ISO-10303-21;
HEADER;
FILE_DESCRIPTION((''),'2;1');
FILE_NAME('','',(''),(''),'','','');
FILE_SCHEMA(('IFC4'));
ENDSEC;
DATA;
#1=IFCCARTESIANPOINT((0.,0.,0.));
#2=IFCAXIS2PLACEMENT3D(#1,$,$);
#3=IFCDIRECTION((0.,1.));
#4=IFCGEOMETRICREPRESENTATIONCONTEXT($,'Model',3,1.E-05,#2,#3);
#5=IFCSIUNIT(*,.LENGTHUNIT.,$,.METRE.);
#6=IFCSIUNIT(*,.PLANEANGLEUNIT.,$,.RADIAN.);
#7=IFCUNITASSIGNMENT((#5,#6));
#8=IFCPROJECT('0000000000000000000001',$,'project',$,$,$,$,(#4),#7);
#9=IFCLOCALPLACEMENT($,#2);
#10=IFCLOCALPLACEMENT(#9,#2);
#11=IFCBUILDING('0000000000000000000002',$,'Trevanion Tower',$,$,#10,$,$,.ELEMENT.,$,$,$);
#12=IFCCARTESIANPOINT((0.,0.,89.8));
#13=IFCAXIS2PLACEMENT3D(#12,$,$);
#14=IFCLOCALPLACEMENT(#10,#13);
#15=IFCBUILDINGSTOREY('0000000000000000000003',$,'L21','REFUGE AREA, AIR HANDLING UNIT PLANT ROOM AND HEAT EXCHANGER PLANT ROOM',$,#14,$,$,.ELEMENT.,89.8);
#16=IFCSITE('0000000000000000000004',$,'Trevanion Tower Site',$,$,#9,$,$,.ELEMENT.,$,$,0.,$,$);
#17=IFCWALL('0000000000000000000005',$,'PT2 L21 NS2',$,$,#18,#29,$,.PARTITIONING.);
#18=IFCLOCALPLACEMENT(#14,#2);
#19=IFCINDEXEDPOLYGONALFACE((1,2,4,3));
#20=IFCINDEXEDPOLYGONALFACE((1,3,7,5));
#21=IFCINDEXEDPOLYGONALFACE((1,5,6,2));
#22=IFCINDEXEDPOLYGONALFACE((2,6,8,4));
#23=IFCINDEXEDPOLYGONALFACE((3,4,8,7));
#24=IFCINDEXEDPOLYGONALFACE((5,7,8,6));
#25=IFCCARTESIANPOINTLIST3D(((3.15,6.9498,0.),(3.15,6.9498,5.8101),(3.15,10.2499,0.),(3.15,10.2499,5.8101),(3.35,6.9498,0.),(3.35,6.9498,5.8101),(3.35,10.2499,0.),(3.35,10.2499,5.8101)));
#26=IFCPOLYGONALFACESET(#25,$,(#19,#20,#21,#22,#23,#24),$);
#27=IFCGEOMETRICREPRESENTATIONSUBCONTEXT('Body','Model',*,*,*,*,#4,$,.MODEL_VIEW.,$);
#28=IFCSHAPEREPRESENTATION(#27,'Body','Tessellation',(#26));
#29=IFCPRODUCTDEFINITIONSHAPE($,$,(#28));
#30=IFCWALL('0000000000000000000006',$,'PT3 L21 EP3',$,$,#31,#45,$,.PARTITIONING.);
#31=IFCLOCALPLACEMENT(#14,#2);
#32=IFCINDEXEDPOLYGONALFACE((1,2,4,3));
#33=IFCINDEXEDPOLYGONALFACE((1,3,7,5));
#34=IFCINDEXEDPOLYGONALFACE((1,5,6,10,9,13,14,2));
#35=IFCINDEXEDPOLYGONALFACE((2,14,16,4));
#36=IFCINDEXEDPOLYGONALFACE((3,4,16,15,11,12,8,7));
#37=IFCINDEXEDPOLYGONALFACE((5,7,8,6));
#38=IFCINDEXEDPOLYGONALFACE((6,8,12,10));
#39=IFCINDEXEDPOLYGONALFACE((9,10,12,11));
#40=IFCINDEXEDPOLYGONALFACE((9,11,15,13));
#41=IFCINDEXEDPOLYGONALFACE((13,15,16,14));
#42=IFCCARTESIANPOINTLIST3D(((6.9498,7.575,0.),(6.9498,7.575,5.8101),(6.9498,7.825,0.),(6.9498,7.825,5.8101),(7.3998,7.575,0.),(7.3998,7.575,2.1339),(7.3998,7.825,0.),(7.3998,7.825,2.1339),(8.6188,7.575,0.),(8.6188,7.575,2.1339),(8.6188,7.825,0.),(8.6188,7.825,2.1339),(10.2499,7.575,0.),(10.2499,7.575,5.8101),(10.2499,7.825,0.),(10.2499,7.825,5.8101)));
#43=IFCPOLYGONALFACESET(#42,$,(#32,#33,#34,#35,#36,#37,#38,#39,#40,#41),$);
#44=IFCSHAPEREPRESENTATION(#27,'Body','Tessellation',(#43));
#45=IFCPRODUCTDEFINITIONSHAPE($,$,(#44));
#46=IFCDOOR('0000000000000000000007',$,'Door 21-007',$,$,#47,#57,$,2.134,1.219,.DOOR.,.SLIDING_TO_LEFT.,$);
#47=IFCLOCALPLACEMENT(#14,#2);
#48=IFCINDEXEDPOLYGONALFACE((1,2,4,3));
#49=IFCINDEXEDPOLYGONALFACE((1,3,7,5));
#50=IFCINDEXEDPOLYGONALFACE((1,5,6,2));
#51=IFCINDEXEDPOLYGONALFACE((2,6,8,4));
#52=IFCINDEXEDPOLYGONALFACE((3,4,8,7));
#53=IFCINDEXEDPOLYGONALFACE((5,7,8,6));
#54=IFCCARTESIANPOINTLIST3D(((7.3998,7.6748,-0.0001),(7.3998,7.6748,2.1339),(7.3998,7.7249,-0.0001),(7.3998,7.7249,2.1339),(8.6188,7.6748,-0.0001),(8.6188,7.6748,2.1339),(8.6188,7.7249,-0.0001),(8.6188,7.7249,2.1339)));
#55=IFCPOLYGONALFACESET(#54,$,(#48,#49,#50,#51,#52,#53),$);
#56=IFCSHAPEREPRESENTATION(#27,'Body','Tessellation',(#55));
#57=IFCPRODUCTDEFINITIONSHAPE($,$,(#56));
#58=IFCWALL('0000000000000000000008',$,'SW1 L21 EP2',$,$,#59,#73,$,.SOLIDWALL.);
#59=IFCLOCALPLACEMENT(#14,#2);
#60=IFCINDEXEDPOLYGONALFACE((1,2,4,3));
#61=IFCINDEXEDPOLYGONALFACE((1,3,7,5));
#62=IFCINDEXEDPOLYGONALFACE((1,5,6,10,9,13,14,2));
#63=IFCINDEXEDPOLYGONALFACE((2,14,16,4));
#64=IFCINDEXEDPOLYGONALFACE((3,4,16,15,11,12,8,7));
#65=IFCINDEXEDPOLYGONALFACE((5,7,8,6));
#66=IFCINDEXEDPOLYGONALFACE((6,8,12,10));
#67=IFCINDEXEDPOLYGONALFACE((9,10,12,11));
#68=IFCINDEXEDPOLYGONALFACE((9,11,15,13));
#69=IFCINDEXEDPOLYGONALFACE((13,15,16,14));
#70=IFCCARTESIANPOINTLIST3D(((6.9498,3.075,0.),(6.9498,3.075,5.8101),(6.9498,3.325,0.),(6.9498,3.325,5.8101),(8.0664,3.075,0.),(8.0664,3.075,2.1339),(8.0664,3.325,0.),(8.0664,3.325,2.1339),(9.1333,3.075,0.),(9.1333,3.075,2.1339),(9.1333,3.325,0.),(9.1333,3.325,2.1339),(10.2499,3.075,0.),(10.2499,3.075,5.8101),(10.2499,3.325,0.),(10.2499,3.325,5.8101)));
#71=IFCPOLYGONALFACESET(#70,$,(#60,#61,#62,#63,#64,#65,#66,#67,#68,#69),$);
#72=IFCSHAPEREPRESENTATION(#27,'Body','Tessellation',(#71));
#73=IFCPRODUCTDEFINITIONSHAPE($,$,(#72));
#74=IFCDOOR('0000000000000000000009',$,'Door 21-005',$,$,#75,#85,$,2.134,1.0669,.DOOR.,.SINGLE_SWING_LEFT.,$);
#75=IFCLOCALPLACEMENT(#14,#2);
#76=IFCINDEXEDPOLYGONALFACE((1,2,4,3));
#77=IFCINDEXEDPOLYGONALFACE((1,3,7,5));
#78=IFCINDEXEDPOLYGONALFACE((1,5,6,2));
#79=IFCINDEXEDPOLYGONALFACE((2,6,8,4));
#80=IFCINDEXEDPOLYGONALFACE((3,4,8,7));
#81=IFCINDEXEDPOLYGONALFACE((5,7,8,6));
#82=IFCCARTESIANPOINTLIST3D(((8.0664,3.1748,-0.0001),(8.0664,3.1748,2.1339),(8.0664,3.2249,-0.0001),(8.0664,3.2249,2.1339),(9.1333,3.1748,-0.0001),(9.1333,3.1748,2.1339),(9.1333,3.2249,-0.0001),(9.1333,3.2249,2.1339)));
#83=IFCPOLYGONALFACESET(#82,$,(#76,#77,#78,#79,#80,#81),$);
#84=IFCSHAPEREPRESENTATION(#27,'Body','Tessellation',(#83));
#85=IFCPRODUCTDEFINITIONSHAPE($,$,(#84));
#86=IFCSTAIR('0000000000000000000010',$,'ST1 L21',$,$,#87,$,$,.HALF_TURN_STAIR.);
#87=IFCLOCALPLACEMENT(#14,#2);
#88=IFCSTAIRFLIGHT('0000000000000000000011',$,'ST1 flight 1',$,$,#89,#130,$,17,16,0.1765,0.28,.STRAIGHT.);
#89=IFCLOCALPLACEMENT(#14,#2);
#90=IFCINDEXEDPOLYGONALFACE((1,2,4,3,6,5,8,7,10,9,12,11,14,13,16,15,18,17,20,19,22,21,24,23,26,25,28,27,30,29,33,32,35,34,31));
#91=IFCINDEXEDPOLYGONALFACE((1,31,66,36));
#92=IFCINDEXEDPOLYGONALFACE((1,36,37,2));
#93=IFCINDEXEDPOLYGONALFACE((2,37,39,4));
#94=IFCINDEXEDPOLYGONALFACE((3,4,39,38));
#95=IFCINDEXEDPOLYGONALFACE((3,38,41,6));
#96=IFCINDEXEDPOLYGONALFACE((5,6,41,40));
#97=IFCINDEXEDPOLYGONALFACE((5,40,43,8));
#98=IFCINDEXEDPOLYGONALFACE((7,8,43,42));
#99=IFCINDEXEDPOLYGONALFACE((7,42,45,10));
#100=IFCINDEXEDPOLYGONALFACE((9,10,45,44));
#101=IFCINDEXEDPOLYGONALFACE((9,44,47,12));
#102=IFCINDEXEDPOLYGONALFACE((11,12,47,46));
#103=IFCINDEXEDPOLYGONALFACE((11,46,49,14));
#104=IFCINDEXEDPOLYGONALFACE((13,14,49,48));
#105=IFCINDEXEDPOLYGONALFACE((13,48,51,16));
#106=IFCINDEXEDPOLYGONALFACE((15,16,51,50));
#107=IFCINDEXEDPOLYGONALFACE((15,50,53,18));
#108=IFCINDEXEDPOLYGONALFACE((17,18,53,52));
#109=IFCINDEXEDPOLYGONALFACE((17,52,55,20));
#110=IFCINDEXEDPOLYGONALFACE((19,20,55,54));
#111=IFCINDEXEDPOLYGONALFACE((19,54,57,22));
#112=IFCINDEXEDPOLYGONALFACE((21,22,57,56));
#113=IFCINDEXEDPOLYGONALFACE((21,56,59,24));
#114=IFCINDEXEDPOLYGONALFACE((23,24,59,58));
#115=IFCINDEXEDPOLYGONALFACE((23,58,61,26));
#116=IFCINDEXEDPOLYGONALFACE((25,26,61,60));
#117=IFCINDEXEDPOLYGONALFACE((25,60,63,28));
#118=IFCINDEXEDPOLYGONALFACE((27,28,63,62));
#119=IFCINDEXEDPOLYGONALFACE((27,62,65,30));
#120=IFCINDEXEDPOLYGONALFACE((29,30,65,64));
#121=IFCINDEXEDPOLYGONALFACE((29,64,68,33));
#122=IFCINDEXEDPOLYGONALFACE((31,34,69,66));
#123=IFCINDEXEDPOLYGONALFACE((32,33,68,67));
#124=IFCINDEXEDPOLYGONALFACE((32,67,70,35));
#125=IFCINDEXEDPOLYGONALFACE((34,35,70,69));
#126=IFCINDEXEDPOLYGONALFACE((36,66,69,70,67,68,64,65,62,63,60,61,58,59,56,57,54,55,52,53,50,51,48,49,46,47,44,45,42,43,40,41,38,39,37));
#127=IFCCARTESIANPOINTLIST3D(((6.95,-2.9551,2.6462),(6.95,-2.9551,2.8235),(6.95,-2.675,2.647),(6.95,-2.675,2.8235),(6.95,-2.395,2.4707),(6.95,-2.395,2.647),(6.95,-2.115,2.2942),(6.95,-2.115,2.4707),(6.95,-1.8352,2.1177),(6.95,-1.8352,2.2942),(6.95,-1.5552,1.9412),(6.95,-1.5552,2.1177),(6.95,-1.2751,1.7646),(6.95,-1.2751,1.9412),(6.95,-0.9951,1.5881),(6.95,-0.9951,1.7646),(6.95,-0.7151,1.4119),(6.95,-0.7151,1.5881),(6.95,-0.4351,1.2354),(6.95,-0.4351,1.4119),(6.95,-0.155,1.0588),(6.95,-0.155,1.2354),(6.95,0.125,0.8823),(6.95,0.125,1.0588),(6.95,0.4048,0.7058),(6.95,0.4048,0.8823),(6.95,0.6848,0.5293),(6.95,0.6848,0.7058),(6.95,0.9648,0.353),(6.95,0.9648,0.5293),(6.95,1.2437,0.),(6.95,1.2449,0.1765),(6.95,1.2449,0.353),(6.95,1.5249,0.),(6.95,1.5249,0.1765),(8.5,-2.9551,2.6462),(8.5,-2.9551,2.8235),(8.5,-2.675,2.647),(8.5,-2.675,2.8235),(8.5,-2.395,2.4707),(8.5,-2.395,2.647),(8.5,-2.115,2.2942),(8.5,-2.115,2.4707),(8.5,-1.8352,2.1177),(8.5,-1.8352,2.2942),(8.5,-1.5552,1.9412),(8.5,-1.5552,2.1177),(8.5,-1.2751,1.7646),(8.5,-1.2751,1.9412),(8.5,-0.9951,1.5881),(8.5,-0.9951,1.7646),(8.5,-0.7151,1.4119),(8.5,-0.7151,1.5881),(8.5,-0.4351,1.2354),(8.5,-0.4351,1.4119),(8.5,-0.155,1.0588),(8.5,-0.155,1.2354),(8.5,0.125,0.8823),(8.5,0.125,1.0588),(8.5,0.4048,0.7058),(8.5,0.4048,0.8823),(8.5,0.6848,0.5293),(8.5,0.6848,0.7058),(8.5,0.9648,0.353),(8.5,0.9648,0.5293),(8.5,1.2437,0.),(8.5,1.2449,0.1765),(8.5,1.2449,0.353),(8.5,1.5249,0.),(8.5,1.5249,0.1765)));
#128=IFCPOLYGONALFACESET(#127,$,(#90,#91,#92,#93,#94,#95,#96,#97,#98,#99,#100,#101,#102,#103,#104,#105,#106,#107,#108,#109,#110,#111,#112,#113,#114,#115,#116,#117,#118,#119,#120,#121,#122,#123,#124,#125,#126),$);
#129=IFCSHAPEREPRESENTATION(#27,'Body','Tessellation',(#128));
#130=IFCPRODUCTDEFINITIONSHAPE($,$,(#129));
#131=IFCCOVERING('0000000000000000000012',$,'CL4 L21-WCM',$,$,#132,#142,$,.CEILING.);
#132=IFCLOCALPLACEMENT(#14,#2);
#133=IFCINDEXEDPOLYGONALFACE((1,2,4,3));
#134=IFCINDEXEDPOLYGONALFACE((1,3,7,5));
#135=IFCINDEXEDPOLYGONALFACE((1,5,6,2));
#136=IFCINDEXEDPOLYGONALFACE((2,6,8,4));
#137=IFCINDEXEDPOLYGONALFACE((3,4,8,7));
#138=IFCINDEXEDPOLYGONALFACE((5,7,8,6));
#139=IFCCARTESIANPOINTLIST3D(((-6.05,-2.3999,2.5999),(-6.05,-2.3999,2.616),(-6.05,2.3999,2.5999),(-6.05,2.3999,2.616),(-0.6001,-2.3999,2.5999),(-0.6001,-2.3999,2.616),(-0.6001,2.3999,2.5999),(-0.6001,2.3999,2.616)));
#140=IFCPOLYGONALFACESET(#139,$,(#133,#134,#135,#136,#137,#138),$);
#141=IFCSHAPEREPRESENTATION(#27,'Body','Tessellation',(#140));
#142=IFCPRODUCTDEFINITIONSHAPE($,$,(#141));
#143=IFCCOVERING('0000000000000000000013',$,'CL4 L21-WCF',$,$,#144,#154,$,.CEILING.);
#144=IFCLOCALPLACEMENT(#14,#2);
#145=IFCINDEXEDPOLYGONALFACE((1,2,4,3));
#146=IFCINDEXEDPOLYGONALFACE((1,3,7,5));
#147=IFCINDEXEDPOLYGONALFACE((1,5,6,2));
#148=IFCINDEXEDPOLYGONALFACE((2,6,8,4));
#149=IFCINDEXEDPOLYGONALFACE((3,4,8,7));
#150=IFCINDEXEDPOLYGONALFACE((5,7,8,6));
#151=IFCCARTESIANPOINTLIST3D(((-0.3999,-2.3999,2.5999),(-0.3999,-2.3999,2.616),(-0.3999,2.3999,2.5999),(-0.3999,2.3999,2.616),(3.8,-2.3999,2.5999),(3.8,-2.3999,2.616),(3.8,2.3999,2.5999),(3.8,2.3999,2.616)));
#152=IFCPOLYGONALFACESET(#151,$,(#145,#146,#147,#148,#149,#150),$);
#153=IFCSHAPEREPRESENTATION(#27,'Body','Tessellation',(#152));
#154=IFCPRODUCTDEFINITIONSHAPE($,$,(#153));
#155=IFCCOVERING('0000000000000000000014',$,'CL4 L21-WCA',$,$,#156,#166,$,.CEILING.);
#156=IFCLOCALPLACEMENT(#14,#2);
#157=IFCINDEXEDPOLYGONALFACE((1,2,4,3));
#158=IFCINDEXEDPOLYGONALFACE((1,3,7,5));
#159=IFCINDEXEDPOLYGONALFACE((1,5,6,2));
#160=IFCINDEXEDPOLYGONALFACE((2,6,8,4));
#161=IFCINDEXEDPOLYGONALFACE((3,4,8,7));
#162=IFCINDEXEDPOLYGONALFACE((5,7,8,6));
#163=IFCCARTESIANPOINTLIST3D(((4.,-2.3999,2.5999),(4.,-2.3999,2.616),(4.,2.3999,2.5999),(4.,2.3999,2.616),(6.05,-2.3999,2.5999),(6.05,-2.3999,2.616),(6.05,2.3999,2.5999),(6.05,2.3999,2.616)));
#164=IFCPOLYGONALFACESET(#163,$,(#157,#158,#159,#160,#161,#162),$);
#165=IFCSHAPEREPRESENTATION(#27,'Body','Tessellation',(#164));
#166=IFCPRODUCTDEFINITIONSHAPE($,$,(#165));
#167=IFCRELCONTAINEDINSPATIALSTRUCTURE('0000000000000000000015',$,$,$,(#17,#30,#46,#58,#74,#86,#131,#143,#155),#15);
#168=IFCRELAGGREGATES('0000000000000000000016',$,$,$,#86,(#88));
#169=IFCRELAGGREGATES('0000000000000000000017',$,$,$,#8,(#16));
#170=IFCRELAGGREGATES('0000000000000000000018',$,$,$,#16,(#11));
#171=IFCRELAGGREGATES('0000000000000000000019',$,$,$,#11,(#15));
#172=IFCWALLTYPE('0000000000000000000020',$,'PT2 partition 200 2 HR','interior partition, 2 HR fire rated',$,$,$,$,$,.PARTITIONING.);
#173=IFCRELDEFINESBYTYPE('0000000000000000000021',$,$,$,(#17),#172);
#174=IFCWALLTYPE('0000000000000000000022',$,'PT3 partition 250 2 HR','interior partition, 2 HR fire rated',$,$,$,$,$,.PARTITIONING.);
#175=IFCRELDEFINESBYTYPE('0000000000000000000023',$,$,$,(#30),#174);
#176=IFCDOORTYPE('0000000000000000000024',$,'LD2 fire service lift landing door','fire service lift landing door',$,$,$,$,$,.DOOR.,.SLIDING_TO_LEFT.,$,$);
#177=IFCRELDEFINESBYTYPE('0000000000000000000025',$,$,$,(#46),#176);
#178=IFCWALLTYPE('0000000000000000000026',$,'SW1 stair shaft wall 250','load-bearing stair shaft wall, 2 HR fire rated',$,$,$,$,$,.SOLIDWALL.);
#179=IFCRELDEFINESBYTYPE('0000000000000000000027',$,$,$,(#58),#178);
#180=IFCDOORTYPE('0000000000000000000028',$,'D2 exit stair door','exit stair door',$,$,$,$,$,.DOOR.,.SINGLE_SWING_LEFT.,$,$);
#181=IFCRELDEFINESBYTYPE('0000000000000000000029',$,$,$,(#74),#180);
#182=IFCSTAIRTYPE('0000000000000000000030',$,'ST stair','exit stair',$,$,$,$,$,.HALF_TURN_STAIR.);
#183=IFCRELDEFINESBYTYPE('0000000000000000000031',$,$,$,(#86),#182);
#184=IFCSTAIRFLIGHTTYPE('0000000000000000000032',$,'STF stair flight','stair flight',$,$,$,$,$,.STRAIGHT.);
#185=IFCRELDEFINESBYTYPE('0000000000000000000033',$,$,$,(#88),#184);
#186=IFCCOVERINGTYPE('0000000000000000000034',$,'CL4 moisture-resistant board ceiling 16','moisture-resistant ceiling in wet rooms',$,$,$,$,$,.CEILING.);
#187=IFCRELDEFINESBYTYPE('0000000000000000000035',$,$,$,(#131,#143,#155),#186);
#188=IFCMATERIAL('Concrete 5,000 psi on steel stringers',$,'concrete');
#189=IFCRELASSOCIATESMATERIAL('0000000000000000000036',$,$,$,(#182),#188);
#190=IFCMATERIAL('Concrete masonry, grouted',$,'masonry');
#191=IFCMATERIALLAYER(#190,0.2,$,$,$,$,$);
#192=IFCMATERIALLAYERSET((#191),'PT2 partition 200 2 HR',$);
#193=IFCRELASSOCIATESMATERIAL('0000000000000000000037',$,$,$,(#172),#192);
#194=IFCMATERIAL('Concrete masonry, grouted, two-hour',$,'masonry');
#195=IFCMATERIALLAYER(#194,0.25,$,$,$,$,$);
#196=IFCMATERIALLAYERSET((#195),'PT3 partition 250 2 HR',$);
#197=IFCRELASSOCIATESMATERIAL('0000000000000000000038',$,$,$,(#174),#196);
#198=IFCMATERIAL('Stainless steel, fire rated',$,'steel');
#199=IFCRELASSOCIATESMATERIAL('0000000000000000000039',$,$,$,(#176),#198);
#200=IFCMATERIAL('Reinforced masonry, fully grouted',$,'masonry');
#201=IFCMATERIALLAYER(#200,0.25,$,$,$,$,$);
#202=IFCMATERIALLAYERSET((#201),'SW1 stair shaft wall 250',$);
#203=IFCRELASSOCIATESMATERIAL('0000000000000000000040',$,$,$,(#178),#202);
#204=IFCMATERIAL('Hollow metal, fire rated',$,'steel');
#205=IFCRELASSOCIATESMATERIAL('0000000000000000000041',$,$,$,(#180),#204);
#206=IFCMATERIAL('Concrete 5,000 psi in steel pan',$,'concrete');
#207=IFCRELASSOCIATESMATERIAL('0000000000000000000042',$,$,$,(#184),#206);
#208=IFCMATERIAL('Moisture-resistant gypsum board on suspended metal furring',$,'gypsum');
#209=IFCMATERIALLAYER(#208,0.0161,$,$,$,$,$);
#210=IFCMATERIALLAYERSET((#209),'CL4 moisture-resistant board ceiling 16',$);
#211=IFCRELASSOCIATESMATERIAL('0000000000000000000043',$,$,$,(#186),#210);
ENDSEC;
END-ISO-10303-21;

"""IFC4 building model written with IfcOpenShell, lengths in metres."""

from ifc_helpers import new_model, si_unit, direction, frame, frame_2d, origin, place, context, subcontext, project, spatial, polyline, rectangle, outline, extrude, material, layer, layer_set, type_object, element, fill, aggregate, save


model = new_model("IFC4")

# Units and contexts
model_context = context("Model", 3, precision=1e-05, world=origin(), true_north=direction((0.0, 1.0)))
body_context = subcontext(model_context, "Body", "Model", "MODEL_VIEW")
ifc_project = project(units=[si_unit("LENGTHUNIT", "METRE"), si_unit("PLANEANGLEUNIT", "RADIAN")], contexts=[model_context])

# Site, building, storey
site_placement = place(None, origin())
site = spatial("IfcSite", under=ifc_project, at=site_placement, Name="Trevanion Tower Site", CompositionType="ELEMENT", RefElevation=0.0)
building_placement = place(site_placement, origin())
building = spatial("IfcBuilding", under=site, at=building_placement, Name="Trevanion Tower", CompositionType="ELEMENT")
storey_placement = place(building_placement, frame((0.0, 0.0, 89.8)))
storey = spatial("IfcBuildingStorey", under=building, at=storey_placement, Name="L21", Description="REFUGE AREA, AIR HANDLING UNIT PLANT ROOM AND HEAT EXCHANGER PLANT ROOM", CompositionType="ELEMENT", Elevation=89.8)

# Shared definitions
ifc_material_1 = material(Name="Concrete 5,000 psi on steel stringers", Category="concrete")
stair_type = type_object("IfcStairType", Name="ST stair", Description="exit stair", PredefinedType="HALF_TURN_STAIR", material=ifc_material_1)

# Wall
ifc_material_2 = material(Name="Concrete masonry, grouted", Category="masonry")
ifc_layer_1 = layer(ifc_material_2, 0.2)
ifc_layer_set_1 = layer_set([ifc_layer_1], Name="PT2 partition 200 2 HR")
wall_type_1 = type_object("IfcWallType", Name="PT2 partition 200 2 HR", Description="interior partition, 2 HR fire rated", PredefinedType="PARTITIONING", material=ifc_layer_set_1)
for number, where, z_axis, x_axis, name in (
    (1, (3.25, 6.95, 0.0), (0.0, 0.0, 1.0), (0.0, 1.0, 0.0), "PT2 L21 NS2"),
):
    element("IfcWall", number, at=place(storey_placement, frame(where, z_axis=z_axis, x_axis=x_axis)), inside=storey, type_object=wall_type_1, Name=name, PredefinedType="PARTITIONING", context=body_context, shape_type="SweptSolid", body=[
        extrude(rectangle(XDim=3.3, YDim=0.2, at=frame_2d((1.6499, 0.0))), origin(), (0.0, 0.0, 1.0), 5.8101),
    ])

# Walls, openings, doors
ifc_material_3 = material(Name="Concrete masonry, grouted, two-hour", Category="masonry")
ifc_layer_2 = layer(ifc_material_3, 0.25)
ifc_layer_set_2 = layer_set([ifc_layer_2], Name="PT3 partition 250 2 HR")
wall_type_2 = type_object("IfcWallType", Name="PT3 partition 250 2 HR", Description="interior partition, 2 HR fire rated", PredefinedType="PARTITIONING", material=ifc_layer_set_2)
wall_1_placement = place(storey_placement, frame((6.95, 7.7, 0.0), z_axis=(0.0, 0.0, 1.0), x_axis=(1.0, 0.0, 0.0)))
wall_1 = element("IfcWall", 2, at=wall_1_placement, inside=storey, type_object=wall_type_2, Name="PT3 L21 EP3", PredefinedType="PARTITIONING", context=body_context, shape_type="SweptSolid", body=[
    extrude(rectangle(XDim=3.3, YDim=0.25, at=frame_2d((1.6499, 0.0))), origin(), (0.0, 0.0, 1.0), 5.8101),
])
opening_1_placement = place(wall_1_placement, frame((0.45, 0.0, 0.0)))
opening_1 = element("IfcOpeningElement", 3, at=opening_1_placement, cuts=wall_1, PredefinedType="OPENING", context=body_context, shape_type="SweptSolid", body=[
    extrude(rectangle(XDim=1.219, YDim=2.134, at=frame_2d((0.6094, 1.0669))), frame((0.0, 0.135, 0.0), z_axis=(0.0, -1.0, 0.0), x_axis=(1.0, 0.0, 0.0)), (0.0, 0.0, 1.0), 0.27),
])
ifc_material_4 = material(Name="Stainless steel, fire rated", Category="steel")
door_type_1 = type_object("IfcDoorType", Name="LD2 fire service lift landing door", Description="fire service lift landing door", OperationType="SLIDING_TO_LEFT", PredefinedType="DOOR", material=ifc_material_4)
door_1_placement = place(opening_1_placement, origin())
door_1 = element("IfcDoor", 4, at=door_1_placement, inside=storey, type_object=door_type_1, Name="Door 21-007", OperationType="SLIDING_TO_LEFT", OverallHeight=2.134, OverallWidth=1.219, PredefinedType="DOOR", context=body_context, shape_type="SweptSolid", body=[
    extrude(rectangle(XDim=1.219, YDim=2.134, at=frame_2d((0.6094, 1.0669))), frame((0.0, 0.0249, 0.0), z_axis=(0.0, -1.0, 0.0), x_axis=(1.0, 0.0, 0.0)), (0.0, 0.0, 1.0), 0.05),
])
fill(opening_1, door_1)
ifc_material_5 = material(Name="Reinforced masonry, fully grouted", Category="masonry")
ifc_layer_3 = layer(ifc_material_5, 0.25)
ifc_layer_set_3 = layer_set([ifc_layer_3], Name="SW1 stair shaft wall 250")
wall_type_3 = type_object("IfcWallType", Name="SW1 stair shaft wall 250", Description="load-bearing stair shaft wall, 2 HR fire rated", PredefinedType="SOLIDWALL", material=ifc_layer_set_3)
wall_2_placement = place(storey_placement, frame((6.95, 3.2, 0.0), z_axis=(0.0, 0.0, 1.0), x_axis=(1.0, 0.0, 0.0)))
wall_2 = element("IfcWall", 5, at=wall_2_placement, inside=storey, type_object=wall_type_3, Name="SW1 L21 EP2", PredefinedType="SOLIDWALL", context=body_context, shape_type="SweptSolid", body=[
    extrude(rectangle(XDim=3.3, YDim=0.25, at=frame_2d((1.6499, 0.0))), origin(), (0.0, 0.0, 1.0), 5.8101),
])
opening_2_placement = place(wall_2_placement, frame((1.1165, 0.0, 0.0)))
opening_2 = element("IfcOpeningElement", 6, at=opening_2_placement, cuts=wall_2, PredefinedType="OPENING", context=body_context, shape_type="SweptSolid", body=[
    extrude(rectangle(XDim=1.0669, YDim=2.134, at=frame_2d((0.5334, 1.0669))), frame((0.0, 0.135, 0.0), z_axis=(0.0, -1.0, 0.0), x_axis=(1.0, 0.0, 0.0)), (0.0, 0.0, 1.0), 0.27),
])
ifc_material_6 = material(Name="Hollow metal, fire rated", Category="steel")
door_type_2 = type_object("IfcDoorType", Name="D2 exit stair door", Description="exit stair door", OperationType="SINGLE_SWING_LEFT", PredefinedType="DOOR", material=ifc_material_6)
door_2_placement = place(opening_2_placement, origin())
door_2 = element("IfcDoor", 7, at=door_2_placement, inside=storey, type_object=door_type_2, Name="Door 21-005", OperationType="SINGLE_SWING_LEFT", OverallHeight=2.134, OverallWidth=1.0669, PredefinedType="DOOR", context=body_context, shape_type="SweptSolid", body=[
    extrude(rectangle(XDim=1.0669, YDim=2.134, at=frame_2d((0.5334, 1.0669))), frame((0.0, 0.0249, 0.0), z_axis=(0.0, -1.0, 0.0), x_axis=(1.0, 0.0, 0.0)), (0.0, 0.0, 1.0), 0.05),
])
fill(opening_2, door_2)

# Stair, stair flight
stair_1_placement = place(storey_placement, origin())
stair_1 = element("IfcStair", 8, at=stair_1_placement, inside=storey, type_object=stair_type, Name="ST1 L21", PredefinedType="HALF_TURN_STAIR")
ifc_material_7 = material(Name="Concrete 5,000 psi in steel pan", Category="concrete")
stair_flight_type = type_object("IfcStairFlightType", Name="STF stair flight", Description="stair flight", PredefinedType="STRAIGHT", material=ifc_material_7)
stair_flight_placement = place(storey_placement, frame((7.7251, 1.5249, 0.0), z_axis=(0.0, 0.0, 1.0), x_axis=(0.0, -1.0, 0.0)))
stair_flight = element("IfcStairFlight", 9, at=stair_flight_placement, type_object=stair_flight_type, Name="ST1 flight 1", NumberOfRisers=17, NumberOfTreads=16, PredefinedType="STRAIGHT", RiserHeight=0.1765, TreadLength=0.28, context=body_context, shape_type="SweptSolid", body=[
    extrude(outline(polyline([(0.0, 0.0), (0.0, 0.1765), (0.28, 0.1765), (0.28, 0.353), (0.5601, 0.353), (0.5601, 0.5293), (0.8401, 0.5293), (0.8401, 0.7058), (1.1201, 0.7058), (1.1201, 0.8823), (1.3999, 0.8823), (1.3999, 1.0588), (1.6799, 1.0588), (1.6799, 1.2354), (1.96, 1.2354), (1.96, 1.4119), (2.24, 1.4119), (2.24, 1.5881), (2.52, 1.5881), (2.52, 1.7646), (2.8, 1.7646), (2.8, 1.9412), (3.0801, 1.9412), (3.0801, 2.1177), (3.3601, 2.1177), (3.3601, 2.2942), (3.6399, 2.2942), (3.6399, 2.4707), (3.9199, 2.4707), (3.9199, 2.647), (4.2, 2.647), (4.2, 2.8235), (4.48, 2.8235), (4.48, 3.0), (4.48, 2.6462), (0.2812, 0.0), (0.0, 0.0)])), frame((0.0, 0.7749, 0.0), z_axis=(0.0, -1.0, 0.0), x_axis=(1.0, 0.0, 0.0)), (0.0, 0.0, 1.0), 1.55),
])
aggregate(stair_1, [stair_flight])

# Coverings
ifc_material_8 = material(Name="Moisture-resistant gypsum board on suspended metal furring", Category="gypsum")
ifc_layer_4 = layer(ifc_material_8, 0.0161)
ifc_layer_set_4 = layer_set([ifc_layer_4], Name="CL4 moisture-resistant board ceiling 16")
covering_type = type_object("IfcCoveringType", Name="CL4 moisture-resistant board ceiling 16", Description="moisture-resistant ceiling in wet rooms", PredefinedType="CEILING", material=ifc_layer_set_4)
covering_1_placement = place(storey_placement, frame((0.0, 0.0, 2.5999)))
element("IfcCovering", 10, at=covering_1_placement, inside=storey, type_object=covering_type, Name="CL4 L21-WCM", PredefinedType="CEILING", context=body_context, shape_type="SweptSolid", body=[
    extrude(outline(polyline([(-0.6001, -2.3999), (-0.6001, 2.3999), (-6.05, 2.3999), (-6.05, -2.3999), (-0.6001, -2.3999)])), origin(), (0.0, 0.0, 1.0), 0.0161),
])
covering_2_placement = place(storey_placement, frame((0.0, 0.0, 2.5999)))
element("IfcCovering", 11, at=covering_2_placement, inside=storey, type_object=covering_type, Name="CL4 L21-WCF", PredefinedType="CEILING", context=body_context, shape_type="SweptSolid", body=[
    extrude(outline(polyline([(3.8, -2.3999), (3.8, 2.3999), (-0.3999, 2.3999), (-0.3999, -2.3999), (3.8, -2.3999)])), origin(), (0.0, 0.0, 1.0), 0.0161),
])
covering_3_placement = place(storey_placement, frame((0.0, 0.0, 2.5999)))
element("IfcCovering", 12, at=covering_3_placement, inside=storey, type_object=covering_type, Name="CL4 L21-WCA", PredefinedType="CEILING", context=body_context, shape_type="SweptSolid", body=[
    extrude(outline(polyline([(6.05, -2.3999), (6.05, 2.3999), (4.0, 2.3999), (4.0, -2.3999), (6.05, -2.3999)])), origin(), (0.0, 0.0, 1.0), 0.0161),
])

save(model, "model.ifc")
